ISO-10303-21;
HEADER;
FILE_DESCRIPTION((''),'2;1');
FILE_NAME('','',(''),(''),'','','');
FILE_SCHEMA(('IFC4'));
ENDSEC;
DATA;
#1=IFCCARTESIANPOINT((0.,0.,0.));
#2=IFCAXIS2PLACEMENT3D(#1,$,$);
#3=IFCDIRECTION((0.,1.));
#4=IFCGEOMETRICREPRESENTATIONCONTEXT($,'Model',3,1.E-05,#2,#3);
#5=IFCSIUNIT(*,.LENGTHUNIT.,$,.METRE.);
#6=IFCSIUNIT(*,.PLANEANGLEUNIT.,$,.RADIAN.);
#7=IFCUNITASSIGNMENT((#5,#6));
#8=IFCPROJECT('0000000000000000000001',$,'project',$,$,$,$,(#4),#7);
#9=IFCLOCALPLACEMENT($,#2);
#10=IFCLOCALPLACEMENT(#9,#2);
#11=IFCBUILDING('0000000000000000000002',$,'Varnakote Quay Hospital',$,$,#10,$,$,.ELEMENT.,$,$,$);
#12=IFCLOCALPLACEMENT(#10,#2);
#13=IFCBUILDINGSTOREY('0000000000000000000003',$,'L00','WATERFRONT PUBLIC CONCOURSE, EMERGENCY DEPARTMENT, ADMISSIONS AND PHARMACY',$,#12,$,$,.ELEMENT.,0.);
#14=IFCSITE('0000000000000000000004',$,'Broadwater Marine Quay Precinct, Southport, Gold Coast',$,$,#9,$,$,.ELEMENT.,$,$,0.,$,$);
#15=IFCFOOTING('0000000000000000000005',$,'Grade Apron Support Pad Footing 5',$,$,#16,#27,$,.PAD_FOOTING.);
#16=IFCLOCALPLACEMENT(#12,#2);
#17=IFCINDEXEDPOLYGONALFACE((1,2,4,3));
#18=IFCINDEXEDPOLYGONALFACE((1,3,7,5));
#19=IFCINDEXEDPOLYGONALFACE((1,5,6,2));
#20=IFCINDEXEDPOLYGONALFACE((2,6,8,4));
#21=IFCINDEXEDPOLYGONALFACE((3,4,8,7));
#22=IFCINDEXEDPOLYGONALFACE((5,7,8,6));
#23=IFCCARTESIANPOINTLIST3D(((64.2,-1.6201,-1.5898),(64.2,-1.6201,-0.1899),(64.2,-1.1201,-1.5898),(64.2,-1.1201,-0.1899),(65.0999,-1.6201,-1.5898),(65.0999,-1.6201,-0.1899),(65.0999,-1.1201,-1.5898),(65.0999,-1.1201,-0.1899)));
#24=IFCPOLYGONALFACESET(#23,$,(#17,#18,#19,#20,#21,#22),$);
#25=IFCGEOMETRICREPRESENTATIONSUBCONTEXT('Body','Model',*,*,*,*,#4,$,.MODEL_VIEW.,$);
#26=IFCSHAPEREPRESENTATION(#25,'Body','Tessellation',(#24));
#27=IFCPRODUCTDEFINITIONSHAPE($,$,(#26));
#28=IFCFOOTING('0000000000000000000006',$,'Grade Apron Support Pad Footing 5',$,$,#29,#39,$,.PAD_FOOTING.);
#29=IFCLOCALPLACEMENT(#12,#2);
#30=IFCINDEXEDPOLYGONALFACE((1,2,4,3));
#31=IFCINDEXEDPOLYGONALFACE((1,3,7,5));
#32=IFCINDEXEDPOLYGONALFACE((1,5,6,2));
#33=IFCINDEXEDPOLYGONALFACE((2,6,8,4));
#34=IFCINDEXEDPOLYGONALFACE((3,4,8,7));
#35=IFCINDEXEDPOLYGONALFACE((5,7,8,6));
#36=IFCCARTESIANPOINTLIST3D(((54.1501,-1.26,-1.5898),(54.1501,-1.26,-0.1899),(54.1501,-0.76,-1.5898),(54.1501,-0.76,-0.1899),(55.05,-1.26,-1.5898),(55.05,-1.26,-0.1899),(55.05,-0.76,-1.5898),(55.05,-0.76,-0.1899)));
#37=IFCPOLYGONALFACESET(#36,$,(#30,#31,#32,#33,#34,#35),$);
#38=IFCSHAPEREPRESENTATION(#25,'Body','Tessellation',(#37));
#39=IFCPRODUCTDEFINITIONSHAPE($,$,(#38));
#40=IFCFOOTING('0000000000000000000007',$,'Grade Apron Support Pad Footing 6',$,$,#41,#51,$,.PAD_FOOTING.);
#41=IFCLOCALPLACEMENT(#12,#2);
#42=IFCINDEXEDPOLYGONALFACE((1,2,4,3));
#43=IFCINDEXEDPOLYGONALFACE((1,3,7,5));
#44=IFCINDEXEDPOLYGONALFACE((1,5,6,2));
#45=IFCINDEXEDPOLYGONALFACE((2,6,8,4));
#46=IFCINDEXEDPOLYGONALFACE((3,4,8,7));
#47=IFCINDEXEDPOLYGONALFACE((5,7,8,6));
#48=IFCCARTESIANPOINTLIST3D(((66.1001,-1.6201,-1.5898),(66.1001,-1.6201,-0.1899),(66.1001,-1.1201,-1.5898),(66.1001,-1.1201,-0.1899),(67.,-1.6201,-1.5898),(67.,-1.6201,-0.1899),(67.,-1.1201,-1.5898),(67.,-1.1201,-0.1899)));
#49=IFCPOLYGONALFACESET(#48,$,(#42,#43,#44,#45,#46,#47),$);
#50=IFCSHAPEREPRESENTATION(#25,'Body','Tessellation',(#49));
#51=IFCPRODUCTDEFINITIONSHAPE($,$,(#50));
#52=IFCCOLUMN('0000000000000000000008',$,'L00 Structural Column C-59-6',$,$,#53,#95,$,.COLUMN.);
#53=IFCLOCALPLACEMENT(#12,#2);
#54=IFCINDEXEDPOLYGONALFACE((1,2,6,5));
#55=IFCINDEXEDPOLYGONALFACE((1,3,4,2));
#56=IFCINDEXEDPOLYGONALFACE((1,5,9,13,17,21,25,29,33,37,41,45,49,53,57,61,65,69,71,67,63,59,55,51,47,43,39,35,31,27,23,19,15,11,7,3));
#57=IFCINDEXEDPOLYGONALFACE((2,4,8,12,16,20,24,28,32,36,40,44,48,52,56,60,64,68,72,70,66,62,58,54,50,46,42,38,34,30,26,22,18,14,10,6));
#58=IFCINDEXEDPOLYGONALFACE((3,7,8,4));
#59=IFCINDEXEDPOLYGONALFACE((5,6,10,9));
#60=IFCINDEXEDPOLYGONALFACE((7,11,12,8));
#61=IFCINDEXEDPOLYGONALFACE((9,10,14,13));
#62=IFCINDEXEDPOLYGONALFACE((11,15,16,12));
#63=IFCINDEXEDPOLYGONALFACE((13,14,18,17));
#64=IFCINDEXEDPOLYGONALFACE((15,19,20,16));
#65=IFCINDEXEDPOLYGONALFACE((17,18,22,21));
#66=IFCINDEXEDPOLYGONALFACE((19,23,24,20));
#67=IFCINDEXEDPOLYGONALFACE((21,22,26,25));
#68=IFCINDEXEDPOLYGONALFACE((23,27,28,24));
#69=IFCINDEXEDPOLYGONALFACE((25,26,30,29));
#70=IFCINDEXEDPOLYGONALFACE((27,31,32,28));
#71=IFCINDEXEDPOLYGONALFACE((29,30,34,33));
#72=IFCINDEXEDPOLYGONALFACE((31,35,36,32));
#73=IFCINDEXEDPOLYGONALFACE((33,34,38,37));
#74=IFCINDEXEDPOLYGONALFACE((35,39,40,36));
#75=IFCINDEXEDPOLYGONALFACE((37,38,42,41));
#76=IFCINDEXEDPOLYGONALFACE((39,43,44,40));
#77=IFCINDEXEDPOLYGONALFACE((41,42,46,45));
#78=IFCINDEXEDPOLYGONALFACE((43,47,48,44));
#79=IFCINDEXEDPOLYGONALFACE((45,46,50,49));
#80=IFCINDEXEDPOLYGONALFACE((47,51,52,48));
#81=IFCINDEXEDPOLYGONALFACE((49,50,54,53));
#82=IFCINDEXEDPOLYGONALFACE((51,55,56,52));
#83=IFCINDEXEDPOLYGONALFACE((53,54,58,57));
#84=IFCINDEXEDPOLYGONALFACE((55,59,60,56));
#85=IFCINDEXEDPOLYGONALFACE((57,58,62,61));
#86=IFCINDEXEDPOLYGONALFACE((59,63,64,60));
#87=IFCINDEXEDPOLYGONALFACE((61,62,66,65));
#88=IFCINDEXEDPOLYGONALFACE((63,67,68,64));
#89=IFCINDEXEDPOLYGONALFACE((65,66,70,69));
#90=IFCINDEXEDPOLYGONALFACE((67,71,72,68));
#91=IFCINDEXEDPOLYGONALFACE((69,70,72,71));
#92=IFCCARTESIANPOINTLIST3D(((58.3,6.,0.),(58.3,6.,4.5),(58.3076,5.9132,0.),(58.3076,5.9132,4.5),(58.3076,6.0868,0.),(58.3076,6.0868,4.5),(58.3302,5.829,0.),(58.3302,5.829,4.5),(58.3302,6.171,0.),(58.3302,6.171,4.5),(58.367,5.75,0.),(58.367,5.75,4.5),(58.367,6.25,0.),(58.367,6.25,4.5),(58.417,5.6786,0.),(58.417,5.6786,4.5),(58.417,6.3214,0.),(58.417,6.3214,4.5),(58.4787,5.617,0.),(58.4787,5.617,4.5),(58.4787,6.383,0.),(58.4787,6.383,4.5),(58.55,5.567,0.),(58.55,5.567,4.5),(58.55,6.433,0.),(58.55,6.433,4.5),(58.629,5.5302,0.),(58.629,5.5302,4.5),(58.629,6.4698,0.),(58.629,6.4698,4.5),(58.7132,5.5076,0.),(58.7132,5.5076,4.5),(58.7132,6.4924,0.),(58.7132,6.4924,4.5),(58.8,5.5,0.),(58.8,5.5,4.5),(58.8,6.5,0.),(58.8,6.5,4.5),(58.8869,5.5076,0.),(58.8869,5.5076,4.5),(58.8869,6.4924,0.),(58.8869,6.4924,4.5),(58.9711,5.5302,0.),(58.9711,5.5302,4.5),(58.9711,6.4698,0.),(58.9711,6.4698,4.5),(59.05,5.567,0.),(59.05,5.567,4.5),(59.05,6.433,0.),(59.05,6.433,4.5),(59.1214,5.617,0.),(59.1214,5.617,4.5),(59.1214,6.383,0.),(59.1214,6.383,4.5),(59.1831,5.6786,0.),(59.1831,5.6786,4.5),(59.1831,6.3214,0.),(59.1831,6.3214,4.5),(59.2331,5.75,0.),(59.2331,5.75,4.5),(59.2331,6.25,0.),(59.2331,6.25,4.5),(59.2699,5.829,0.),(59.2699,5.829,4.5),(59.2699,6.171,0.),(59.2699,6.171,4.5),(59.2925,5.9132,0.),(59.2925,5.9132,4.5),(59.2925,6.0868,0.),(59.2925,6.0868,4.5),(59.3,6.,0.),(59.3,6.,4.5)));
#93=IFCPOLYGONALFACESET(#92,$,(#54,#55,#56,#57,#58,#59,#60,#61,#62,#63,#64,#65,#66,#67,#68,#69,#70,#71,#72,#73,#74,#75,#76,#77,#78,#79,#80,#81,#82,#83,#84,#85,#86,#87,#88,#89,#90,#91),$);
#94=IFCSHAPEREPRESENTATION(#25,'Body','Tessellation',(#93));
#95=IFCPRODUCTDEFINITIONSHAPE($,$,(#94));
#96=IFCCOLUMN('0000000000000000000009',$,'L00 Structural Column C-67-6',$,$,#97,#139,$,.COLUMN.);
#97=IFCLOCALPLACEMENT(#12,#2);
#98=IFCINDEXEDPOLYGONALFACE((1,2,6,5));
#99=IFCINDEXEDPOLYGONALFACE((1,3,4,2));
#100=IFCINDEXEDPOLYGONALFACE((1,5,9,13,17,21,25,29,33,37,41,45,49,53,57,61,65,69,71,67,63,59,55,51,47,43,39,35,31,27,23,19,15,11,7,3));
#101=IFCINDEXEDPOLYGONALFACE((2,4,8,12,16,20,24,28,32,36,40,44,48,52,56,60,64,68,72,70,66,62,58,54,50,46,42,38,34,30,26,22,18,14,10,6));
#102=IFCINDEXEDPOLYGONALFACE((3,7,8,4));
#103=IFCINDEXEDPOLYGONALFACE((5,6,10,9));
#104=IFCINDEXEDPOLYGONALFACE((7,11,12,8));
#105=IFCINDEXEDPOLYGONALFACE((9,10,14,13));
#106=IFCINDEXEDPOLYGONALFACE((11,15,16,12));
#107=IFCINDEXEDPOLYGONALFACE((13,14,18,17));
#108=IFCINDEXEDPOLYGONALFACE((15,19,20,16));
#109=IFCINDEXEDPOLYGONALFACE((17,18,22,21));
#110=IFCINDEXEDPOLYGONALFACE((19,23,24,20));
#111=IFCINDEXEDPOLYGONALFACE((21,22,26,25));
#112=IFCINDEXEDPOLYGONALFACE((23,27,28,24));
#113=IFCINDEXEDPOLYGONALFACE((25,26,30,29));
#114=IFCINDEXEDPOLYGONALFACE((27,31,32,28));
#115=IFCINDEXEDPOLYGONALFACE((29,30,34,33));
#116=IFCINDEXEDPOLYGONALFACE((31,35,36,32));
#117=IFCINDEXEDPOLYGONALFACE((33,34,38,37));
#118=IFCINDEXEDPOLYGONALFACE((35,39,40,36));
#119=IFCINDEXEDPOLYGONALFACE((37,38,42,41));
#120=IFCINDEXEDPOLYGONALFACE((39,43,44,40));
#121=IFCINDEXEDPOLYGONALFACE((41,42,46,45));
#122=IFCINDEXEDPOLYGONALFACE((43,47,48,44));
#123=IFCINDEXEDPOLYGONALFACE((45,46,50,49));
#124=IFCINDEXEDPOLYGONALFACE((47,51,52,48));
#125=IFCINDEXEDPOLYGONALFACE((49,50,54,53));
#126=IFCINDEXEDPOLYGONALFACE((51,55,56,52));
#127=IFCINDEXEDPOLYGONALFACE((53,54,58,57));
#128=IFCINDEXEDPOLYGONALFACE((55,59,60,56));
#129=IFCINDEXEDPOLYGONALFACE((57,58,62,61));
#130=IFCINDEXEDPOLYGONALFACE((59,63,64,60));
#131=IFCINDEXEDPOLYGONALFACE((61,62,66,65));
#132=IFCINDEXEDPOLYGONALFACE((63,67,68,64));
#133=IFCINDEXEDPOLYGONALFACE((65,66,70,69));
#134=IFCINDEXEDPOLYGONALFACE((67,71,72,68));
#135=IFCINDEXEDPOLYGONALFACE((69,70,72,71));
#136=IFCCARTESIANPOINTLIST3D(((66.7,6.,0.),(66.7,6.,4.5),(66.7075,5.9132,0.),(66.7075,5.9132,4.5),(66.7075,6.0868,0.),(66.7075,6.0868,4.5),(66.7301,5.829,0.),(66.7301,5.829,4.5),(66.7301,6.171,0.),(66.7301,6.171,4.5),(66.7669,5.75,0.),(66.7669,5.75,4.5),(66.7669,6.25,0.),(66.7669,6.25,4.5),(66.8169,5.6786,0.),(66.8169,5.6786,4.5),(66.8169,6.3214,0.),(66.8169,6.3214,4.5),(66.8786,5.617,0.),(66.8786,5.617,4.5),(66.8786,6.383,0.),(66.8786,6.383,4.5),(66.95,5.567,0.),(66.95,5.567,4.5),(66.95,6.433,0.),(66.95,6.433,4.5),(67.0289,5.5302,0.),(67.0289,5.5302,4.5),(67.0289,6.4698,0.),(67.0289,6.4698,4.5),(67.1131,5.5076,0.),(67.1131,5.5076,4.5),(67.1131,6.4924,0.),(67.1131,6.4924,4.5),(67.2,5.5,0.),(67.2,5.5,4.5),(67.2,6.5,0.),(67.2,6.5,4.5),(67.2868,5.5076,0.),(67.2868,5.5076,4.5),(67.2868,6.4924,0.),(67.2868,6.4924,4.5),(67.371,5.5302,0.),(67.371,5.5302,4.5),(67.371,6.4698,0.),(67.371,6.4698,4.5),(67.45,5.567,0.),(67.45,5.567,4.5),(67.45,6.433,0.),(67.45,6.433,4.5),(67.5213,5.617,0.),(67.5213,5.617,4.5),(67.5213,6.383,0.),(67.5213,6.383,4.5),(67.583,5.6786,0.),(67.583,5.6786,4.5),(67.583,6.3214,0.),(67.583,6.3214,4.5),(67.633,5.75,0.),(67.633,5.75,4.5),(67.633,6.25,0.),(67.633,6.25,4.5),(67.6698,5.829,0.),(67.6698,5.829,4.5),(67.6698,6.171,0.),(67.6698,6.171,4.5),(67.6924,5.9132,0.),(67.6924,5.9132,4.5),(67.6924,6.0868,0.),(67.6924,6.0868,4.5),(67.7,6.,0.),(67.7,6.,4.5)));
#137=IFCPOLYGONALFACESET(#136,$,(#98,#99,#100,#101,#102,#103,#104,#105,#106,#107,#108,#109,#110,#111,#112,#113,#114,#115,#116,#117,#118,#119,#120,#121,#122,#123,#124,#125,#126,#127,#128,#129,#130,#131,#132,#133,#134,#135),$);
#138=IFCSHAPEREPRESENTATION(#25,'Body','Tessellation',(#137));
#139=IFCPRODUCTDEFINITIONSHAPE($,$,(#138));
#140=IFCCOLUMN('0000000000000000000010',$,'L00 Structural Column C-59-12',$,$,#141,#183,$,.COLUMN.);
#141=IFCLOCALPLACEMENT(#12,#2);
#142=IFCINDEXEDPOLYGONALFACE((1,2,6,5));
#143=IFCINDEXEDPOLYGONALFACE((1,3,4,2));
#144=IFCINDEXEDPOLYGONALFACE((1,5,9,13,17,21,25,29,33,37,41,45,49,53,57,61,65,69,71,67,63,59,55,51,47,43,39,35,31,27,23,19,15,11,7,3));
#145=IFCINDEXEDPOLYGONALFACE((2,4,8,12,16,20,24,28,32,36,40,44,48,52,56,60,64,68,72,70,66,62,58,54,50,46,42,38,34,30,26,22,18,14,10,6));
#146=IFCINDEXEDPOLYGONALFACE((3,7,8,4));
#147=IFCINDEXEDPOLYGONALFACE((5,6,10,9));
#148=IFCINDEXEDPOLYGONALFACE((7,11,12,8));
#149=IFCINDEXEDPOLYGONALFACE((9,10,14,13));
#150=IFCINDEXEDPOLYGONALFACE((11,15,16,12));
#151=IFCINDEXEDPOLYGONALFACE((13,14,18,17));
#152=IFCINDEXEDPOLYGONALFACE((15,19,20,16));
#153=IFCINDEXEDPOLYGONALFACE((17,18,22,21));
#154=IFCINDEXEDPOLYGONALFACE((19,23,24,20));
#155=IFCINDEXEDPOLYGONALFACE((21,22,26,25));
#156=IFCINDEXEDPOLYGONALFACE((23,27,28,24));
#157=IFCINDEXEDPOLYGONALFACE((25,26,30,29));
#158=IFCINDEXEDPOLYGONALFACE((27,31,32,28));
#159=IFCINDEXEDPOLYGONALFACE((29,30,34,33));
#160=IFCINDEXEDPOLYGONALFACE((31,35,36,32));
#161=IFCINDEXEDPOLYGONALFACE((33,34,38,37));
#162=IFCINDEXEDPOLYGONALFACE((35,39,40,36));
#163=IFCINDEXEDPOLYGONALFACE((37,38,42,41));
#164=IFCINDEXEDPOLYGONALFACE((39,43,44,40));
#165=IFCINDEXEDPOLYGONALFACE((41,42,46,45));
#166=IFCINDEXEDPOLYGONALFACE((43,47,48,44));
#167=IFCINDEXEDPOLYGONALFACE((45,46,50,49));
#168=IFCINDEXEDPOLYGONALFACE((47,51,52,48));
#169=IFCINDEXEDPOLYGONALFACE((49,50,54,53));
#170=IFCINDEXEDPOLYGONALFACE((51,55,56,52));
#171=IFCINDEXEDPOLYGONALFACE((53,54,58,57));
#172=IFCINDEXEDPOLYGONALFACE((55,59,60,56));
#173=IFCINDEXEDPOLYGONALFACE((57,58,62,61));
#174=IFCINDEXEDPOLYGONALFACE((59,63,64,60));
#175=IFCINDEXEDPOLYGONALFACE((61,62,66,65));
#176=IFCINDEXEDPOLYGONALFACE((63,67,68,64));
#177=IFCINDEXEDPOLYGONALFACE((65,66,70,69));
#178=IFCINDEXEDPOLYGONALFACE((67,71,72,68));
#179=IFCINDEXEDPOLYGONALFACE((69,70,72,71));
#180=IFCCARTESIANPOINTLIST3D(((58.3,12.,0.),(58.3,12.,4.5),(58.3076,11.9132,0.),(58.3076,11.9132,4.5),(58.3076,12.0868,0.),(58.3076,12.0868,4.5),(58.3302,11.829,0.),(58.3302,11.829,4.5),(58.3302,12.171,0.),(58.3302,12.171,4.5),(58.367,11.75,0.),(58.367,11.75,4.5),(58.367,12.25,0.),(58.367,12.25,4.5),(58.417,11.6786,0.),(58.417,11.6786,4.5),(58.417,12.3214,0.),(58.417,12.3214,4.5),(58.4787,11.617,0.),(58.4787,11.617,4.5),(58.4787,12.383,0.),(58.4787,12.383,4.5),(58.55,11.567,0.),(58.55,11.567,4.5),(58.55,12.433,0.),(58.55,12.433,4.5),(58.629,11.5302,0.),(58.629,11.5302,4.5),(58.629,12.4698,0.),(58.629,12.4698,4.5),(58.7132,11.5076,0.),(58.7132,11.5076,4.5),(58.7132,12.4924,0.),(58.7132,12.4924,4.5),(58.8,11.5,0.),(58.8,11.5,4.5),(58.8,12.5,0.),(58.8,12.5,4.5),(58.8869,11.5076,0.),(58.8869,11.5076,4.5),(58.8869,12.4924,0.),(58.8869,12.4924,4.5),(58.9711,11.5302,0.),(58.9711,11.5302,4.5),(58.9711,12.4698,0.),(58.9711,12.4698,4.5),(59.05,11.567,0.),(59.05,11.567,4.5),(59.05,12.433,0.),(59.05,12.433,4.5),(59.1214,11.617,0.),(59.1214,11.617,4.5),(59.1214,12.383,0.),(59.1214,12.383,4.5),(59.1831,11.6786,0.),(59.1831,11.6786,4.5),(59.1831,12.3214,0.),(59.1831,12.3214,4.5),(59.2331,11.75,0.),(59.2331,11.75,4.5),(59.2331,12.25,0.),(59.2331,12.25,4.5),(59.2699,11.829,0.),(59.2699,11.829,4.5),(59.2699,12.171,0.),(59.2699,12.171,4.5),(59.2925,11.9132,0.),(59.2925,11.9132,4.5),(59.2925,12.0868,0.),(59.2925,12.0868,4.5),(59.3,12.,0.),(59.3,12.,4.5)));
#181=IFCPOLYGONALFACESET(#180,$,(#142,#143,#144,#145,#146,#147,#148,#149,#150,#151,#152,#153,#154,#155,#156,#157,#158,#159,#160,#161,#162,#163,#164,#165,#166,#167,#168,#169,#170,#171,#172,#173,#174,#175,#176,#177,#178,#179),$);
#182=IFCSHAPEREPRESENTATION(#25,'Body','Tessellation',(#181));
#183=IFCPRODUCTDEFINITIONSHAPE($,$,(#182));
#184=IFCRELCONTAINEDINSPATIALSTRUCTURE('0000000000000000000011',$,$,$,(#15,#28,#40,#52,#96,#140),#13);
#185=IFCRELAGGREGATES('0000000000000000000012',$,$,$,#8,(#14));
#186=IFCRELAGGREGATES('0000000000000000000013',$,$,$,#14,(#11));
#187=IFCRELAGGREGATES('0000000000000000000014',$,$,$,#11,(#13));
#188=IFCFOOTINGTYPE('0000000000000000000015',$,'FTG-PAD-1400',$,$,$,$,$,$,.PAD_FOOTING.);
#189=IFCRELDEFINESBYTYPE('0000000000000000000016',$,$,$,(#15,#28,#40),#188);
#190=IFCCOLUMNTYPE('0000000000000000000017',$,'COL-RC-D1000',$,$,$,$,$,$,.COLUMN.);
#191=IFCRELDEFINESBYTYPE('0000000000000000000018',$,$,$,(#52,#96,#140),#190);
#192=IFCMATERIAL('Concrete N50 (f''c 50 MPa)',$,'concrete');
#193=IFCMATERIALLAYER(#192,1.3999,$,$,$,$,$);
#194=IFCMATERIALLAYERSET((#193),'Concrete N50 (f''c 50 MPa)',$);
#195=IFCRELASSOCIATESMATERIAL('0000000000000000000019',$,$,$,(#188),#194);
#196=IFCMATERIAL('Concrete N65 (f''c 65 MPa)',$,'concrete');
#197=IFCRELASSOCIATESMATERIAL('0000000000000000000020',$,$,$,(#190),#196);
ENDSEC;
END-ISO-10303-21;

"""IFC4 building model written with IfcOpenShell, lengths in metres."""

from ifc_helpers import new_model, si_unit, direction, frame, origin, origin_2d, place, context, subcontext, project, spatial, rectangle, circle, extrude, material, layer, layer_set, material_profile, profile_set, type_object, element, save


model = new_model("IFC4")

# Units and contexts
model_context = context("Model", 3, precision=1e-05, world=origin(), true_north=direction((0.0, 1.0)))
body_context = subcontext(model_context, "Body", "Model", "MODEL_VIEW")
ifc_project = project(units=[si_unit("LENGTHUNIT", "METRE"), si_unit("PLANEANGLEUNIT", "RADIAN")], contexts=[model_context])

# Site, building, storey
site_placement = place(None, origin())
site = spatial("IfcSite", under=ifc_project, at=site_placement, Name="Broadwater Marine Quay Precinct, Southport, Gold Coast", CompositionType="ELEMENT", RefElevation=0.0)
building_placement = place(site_placement, origin())
building = spatial("IfcBuilding", under=site, at=building_placement, Name="Varnakote Quay Hospital", CompositionType="ELEMENT")
storey_placement = place(building_placement, origin())
storey = spatial("IfcBuildingStorey", under=building, at=storey_placement, Name="L00", Description="WATERFRONT PUBLIC CONCOURSE, EMERGENCY DEPARTMENT, ADMISSIONS AND PHARMACY", CompositionType="ELEMENT", Elevation=0.0)

# Footings
ifc_material_1 = material(Name="Concrete N50 (f'c 50 MPa)", Category="concrete")
ifc_layer_1 = layer(ifc_material_1, 1.3999)
ifc_layer_set_1 = layer_set([ifc_layer_1], Name="Concrete N50 (f'c 50 MPa)")
footing_type = type_object("IfcFootingType", Name="FTG-PAD-1400", PredefinedType="PAD_FOOTING", material=ifc_layer_set_1)
for number, where, z_axis, x_axis, name in (
    (1, (64.6499, -1.3701, -1.5898), (0.0, 0.0, 1.0), (1.0, 0.0, 0.0), "Grade Apron Support Pad Footing 5"),
    (2, (54.6001, -1.01, -1.5898), (0.0, 0.0, 1.0), (1.0, 0.0, 0.0), "Grade Apron Support Pad Footing 5"),
    (3, (66.55, -1.3701, -1.5898), (0.0, 0.0, 1.0), (1.0, 0.0, 0.0), "Grade Apron Support Pad Footing 6"),
):
    element("IfcFooting", number, at=place(storey_placement, frame(where, z_axis=z_axis, x_axis=x_axis)), inside=storey, type_object=footing_type, Name=name, PredefinedType="PAD_FOOTING", context=body_context, shape_type="SweptSolid", body=[
        extrude(rectangle(XDim=0.8999, YDim=0.5, at=origin_2d()), origin(), (0.0, 0.0, 1.0), 1.3999),
    ])

# Columns
ifc_material_2 = material(Name="Concrete N65 (f'c 65 MPa)", Category="concrete")
ifc_material_profile_1 = material_profile(ifc_material_2, circle(Radius=0.5, at=origin_2d()), Name="RC-COL-D1000")
ifc_profile_set_1 = profile_set([ifc_material_profile_1], Name="Concrete N65 (f'c 65 MPa)")
column_type = type_object("IfcColumnType", Name="COL-RC-D1000", PredefinedType="COLUMN", material=ifc_profile_set_1)
for number, where, z_axis, x_axis, name in (
    (4, (58.8, 6.0, 0.0), (0.0, 0.0, 1.0), (1.0, 0.0, 0.0), "L00 Structural Column C-59-6"),
    (5, (67.2, 6.0, 0.0), (0.0, 0.0, 1.0), (1.0, 0.0, 0.0), "L00 Structural Column C-67-6"),
    (6, (58.8, 12.0, 0.0), (0.0, 0.0, 1.0), (1.0, 0.0, 0.0), "L00 Structural Column C-59-12"),
):
    element("IfcColumn", number, at=place(storey_placement, frame(where, z_axis=z_axis, x_axis=x_axis)), inside=storey, type_object=column_type, Name=name, PredefinedType="COLUMN", context=body_context, shape_type="SweptSolid", body=[
        extrude(circle(Radius=0.5, at=origin_2d()), origin(), (0.0, 0.0, 1.0), 4.5),
    ])

save(model, "model.ifc")
